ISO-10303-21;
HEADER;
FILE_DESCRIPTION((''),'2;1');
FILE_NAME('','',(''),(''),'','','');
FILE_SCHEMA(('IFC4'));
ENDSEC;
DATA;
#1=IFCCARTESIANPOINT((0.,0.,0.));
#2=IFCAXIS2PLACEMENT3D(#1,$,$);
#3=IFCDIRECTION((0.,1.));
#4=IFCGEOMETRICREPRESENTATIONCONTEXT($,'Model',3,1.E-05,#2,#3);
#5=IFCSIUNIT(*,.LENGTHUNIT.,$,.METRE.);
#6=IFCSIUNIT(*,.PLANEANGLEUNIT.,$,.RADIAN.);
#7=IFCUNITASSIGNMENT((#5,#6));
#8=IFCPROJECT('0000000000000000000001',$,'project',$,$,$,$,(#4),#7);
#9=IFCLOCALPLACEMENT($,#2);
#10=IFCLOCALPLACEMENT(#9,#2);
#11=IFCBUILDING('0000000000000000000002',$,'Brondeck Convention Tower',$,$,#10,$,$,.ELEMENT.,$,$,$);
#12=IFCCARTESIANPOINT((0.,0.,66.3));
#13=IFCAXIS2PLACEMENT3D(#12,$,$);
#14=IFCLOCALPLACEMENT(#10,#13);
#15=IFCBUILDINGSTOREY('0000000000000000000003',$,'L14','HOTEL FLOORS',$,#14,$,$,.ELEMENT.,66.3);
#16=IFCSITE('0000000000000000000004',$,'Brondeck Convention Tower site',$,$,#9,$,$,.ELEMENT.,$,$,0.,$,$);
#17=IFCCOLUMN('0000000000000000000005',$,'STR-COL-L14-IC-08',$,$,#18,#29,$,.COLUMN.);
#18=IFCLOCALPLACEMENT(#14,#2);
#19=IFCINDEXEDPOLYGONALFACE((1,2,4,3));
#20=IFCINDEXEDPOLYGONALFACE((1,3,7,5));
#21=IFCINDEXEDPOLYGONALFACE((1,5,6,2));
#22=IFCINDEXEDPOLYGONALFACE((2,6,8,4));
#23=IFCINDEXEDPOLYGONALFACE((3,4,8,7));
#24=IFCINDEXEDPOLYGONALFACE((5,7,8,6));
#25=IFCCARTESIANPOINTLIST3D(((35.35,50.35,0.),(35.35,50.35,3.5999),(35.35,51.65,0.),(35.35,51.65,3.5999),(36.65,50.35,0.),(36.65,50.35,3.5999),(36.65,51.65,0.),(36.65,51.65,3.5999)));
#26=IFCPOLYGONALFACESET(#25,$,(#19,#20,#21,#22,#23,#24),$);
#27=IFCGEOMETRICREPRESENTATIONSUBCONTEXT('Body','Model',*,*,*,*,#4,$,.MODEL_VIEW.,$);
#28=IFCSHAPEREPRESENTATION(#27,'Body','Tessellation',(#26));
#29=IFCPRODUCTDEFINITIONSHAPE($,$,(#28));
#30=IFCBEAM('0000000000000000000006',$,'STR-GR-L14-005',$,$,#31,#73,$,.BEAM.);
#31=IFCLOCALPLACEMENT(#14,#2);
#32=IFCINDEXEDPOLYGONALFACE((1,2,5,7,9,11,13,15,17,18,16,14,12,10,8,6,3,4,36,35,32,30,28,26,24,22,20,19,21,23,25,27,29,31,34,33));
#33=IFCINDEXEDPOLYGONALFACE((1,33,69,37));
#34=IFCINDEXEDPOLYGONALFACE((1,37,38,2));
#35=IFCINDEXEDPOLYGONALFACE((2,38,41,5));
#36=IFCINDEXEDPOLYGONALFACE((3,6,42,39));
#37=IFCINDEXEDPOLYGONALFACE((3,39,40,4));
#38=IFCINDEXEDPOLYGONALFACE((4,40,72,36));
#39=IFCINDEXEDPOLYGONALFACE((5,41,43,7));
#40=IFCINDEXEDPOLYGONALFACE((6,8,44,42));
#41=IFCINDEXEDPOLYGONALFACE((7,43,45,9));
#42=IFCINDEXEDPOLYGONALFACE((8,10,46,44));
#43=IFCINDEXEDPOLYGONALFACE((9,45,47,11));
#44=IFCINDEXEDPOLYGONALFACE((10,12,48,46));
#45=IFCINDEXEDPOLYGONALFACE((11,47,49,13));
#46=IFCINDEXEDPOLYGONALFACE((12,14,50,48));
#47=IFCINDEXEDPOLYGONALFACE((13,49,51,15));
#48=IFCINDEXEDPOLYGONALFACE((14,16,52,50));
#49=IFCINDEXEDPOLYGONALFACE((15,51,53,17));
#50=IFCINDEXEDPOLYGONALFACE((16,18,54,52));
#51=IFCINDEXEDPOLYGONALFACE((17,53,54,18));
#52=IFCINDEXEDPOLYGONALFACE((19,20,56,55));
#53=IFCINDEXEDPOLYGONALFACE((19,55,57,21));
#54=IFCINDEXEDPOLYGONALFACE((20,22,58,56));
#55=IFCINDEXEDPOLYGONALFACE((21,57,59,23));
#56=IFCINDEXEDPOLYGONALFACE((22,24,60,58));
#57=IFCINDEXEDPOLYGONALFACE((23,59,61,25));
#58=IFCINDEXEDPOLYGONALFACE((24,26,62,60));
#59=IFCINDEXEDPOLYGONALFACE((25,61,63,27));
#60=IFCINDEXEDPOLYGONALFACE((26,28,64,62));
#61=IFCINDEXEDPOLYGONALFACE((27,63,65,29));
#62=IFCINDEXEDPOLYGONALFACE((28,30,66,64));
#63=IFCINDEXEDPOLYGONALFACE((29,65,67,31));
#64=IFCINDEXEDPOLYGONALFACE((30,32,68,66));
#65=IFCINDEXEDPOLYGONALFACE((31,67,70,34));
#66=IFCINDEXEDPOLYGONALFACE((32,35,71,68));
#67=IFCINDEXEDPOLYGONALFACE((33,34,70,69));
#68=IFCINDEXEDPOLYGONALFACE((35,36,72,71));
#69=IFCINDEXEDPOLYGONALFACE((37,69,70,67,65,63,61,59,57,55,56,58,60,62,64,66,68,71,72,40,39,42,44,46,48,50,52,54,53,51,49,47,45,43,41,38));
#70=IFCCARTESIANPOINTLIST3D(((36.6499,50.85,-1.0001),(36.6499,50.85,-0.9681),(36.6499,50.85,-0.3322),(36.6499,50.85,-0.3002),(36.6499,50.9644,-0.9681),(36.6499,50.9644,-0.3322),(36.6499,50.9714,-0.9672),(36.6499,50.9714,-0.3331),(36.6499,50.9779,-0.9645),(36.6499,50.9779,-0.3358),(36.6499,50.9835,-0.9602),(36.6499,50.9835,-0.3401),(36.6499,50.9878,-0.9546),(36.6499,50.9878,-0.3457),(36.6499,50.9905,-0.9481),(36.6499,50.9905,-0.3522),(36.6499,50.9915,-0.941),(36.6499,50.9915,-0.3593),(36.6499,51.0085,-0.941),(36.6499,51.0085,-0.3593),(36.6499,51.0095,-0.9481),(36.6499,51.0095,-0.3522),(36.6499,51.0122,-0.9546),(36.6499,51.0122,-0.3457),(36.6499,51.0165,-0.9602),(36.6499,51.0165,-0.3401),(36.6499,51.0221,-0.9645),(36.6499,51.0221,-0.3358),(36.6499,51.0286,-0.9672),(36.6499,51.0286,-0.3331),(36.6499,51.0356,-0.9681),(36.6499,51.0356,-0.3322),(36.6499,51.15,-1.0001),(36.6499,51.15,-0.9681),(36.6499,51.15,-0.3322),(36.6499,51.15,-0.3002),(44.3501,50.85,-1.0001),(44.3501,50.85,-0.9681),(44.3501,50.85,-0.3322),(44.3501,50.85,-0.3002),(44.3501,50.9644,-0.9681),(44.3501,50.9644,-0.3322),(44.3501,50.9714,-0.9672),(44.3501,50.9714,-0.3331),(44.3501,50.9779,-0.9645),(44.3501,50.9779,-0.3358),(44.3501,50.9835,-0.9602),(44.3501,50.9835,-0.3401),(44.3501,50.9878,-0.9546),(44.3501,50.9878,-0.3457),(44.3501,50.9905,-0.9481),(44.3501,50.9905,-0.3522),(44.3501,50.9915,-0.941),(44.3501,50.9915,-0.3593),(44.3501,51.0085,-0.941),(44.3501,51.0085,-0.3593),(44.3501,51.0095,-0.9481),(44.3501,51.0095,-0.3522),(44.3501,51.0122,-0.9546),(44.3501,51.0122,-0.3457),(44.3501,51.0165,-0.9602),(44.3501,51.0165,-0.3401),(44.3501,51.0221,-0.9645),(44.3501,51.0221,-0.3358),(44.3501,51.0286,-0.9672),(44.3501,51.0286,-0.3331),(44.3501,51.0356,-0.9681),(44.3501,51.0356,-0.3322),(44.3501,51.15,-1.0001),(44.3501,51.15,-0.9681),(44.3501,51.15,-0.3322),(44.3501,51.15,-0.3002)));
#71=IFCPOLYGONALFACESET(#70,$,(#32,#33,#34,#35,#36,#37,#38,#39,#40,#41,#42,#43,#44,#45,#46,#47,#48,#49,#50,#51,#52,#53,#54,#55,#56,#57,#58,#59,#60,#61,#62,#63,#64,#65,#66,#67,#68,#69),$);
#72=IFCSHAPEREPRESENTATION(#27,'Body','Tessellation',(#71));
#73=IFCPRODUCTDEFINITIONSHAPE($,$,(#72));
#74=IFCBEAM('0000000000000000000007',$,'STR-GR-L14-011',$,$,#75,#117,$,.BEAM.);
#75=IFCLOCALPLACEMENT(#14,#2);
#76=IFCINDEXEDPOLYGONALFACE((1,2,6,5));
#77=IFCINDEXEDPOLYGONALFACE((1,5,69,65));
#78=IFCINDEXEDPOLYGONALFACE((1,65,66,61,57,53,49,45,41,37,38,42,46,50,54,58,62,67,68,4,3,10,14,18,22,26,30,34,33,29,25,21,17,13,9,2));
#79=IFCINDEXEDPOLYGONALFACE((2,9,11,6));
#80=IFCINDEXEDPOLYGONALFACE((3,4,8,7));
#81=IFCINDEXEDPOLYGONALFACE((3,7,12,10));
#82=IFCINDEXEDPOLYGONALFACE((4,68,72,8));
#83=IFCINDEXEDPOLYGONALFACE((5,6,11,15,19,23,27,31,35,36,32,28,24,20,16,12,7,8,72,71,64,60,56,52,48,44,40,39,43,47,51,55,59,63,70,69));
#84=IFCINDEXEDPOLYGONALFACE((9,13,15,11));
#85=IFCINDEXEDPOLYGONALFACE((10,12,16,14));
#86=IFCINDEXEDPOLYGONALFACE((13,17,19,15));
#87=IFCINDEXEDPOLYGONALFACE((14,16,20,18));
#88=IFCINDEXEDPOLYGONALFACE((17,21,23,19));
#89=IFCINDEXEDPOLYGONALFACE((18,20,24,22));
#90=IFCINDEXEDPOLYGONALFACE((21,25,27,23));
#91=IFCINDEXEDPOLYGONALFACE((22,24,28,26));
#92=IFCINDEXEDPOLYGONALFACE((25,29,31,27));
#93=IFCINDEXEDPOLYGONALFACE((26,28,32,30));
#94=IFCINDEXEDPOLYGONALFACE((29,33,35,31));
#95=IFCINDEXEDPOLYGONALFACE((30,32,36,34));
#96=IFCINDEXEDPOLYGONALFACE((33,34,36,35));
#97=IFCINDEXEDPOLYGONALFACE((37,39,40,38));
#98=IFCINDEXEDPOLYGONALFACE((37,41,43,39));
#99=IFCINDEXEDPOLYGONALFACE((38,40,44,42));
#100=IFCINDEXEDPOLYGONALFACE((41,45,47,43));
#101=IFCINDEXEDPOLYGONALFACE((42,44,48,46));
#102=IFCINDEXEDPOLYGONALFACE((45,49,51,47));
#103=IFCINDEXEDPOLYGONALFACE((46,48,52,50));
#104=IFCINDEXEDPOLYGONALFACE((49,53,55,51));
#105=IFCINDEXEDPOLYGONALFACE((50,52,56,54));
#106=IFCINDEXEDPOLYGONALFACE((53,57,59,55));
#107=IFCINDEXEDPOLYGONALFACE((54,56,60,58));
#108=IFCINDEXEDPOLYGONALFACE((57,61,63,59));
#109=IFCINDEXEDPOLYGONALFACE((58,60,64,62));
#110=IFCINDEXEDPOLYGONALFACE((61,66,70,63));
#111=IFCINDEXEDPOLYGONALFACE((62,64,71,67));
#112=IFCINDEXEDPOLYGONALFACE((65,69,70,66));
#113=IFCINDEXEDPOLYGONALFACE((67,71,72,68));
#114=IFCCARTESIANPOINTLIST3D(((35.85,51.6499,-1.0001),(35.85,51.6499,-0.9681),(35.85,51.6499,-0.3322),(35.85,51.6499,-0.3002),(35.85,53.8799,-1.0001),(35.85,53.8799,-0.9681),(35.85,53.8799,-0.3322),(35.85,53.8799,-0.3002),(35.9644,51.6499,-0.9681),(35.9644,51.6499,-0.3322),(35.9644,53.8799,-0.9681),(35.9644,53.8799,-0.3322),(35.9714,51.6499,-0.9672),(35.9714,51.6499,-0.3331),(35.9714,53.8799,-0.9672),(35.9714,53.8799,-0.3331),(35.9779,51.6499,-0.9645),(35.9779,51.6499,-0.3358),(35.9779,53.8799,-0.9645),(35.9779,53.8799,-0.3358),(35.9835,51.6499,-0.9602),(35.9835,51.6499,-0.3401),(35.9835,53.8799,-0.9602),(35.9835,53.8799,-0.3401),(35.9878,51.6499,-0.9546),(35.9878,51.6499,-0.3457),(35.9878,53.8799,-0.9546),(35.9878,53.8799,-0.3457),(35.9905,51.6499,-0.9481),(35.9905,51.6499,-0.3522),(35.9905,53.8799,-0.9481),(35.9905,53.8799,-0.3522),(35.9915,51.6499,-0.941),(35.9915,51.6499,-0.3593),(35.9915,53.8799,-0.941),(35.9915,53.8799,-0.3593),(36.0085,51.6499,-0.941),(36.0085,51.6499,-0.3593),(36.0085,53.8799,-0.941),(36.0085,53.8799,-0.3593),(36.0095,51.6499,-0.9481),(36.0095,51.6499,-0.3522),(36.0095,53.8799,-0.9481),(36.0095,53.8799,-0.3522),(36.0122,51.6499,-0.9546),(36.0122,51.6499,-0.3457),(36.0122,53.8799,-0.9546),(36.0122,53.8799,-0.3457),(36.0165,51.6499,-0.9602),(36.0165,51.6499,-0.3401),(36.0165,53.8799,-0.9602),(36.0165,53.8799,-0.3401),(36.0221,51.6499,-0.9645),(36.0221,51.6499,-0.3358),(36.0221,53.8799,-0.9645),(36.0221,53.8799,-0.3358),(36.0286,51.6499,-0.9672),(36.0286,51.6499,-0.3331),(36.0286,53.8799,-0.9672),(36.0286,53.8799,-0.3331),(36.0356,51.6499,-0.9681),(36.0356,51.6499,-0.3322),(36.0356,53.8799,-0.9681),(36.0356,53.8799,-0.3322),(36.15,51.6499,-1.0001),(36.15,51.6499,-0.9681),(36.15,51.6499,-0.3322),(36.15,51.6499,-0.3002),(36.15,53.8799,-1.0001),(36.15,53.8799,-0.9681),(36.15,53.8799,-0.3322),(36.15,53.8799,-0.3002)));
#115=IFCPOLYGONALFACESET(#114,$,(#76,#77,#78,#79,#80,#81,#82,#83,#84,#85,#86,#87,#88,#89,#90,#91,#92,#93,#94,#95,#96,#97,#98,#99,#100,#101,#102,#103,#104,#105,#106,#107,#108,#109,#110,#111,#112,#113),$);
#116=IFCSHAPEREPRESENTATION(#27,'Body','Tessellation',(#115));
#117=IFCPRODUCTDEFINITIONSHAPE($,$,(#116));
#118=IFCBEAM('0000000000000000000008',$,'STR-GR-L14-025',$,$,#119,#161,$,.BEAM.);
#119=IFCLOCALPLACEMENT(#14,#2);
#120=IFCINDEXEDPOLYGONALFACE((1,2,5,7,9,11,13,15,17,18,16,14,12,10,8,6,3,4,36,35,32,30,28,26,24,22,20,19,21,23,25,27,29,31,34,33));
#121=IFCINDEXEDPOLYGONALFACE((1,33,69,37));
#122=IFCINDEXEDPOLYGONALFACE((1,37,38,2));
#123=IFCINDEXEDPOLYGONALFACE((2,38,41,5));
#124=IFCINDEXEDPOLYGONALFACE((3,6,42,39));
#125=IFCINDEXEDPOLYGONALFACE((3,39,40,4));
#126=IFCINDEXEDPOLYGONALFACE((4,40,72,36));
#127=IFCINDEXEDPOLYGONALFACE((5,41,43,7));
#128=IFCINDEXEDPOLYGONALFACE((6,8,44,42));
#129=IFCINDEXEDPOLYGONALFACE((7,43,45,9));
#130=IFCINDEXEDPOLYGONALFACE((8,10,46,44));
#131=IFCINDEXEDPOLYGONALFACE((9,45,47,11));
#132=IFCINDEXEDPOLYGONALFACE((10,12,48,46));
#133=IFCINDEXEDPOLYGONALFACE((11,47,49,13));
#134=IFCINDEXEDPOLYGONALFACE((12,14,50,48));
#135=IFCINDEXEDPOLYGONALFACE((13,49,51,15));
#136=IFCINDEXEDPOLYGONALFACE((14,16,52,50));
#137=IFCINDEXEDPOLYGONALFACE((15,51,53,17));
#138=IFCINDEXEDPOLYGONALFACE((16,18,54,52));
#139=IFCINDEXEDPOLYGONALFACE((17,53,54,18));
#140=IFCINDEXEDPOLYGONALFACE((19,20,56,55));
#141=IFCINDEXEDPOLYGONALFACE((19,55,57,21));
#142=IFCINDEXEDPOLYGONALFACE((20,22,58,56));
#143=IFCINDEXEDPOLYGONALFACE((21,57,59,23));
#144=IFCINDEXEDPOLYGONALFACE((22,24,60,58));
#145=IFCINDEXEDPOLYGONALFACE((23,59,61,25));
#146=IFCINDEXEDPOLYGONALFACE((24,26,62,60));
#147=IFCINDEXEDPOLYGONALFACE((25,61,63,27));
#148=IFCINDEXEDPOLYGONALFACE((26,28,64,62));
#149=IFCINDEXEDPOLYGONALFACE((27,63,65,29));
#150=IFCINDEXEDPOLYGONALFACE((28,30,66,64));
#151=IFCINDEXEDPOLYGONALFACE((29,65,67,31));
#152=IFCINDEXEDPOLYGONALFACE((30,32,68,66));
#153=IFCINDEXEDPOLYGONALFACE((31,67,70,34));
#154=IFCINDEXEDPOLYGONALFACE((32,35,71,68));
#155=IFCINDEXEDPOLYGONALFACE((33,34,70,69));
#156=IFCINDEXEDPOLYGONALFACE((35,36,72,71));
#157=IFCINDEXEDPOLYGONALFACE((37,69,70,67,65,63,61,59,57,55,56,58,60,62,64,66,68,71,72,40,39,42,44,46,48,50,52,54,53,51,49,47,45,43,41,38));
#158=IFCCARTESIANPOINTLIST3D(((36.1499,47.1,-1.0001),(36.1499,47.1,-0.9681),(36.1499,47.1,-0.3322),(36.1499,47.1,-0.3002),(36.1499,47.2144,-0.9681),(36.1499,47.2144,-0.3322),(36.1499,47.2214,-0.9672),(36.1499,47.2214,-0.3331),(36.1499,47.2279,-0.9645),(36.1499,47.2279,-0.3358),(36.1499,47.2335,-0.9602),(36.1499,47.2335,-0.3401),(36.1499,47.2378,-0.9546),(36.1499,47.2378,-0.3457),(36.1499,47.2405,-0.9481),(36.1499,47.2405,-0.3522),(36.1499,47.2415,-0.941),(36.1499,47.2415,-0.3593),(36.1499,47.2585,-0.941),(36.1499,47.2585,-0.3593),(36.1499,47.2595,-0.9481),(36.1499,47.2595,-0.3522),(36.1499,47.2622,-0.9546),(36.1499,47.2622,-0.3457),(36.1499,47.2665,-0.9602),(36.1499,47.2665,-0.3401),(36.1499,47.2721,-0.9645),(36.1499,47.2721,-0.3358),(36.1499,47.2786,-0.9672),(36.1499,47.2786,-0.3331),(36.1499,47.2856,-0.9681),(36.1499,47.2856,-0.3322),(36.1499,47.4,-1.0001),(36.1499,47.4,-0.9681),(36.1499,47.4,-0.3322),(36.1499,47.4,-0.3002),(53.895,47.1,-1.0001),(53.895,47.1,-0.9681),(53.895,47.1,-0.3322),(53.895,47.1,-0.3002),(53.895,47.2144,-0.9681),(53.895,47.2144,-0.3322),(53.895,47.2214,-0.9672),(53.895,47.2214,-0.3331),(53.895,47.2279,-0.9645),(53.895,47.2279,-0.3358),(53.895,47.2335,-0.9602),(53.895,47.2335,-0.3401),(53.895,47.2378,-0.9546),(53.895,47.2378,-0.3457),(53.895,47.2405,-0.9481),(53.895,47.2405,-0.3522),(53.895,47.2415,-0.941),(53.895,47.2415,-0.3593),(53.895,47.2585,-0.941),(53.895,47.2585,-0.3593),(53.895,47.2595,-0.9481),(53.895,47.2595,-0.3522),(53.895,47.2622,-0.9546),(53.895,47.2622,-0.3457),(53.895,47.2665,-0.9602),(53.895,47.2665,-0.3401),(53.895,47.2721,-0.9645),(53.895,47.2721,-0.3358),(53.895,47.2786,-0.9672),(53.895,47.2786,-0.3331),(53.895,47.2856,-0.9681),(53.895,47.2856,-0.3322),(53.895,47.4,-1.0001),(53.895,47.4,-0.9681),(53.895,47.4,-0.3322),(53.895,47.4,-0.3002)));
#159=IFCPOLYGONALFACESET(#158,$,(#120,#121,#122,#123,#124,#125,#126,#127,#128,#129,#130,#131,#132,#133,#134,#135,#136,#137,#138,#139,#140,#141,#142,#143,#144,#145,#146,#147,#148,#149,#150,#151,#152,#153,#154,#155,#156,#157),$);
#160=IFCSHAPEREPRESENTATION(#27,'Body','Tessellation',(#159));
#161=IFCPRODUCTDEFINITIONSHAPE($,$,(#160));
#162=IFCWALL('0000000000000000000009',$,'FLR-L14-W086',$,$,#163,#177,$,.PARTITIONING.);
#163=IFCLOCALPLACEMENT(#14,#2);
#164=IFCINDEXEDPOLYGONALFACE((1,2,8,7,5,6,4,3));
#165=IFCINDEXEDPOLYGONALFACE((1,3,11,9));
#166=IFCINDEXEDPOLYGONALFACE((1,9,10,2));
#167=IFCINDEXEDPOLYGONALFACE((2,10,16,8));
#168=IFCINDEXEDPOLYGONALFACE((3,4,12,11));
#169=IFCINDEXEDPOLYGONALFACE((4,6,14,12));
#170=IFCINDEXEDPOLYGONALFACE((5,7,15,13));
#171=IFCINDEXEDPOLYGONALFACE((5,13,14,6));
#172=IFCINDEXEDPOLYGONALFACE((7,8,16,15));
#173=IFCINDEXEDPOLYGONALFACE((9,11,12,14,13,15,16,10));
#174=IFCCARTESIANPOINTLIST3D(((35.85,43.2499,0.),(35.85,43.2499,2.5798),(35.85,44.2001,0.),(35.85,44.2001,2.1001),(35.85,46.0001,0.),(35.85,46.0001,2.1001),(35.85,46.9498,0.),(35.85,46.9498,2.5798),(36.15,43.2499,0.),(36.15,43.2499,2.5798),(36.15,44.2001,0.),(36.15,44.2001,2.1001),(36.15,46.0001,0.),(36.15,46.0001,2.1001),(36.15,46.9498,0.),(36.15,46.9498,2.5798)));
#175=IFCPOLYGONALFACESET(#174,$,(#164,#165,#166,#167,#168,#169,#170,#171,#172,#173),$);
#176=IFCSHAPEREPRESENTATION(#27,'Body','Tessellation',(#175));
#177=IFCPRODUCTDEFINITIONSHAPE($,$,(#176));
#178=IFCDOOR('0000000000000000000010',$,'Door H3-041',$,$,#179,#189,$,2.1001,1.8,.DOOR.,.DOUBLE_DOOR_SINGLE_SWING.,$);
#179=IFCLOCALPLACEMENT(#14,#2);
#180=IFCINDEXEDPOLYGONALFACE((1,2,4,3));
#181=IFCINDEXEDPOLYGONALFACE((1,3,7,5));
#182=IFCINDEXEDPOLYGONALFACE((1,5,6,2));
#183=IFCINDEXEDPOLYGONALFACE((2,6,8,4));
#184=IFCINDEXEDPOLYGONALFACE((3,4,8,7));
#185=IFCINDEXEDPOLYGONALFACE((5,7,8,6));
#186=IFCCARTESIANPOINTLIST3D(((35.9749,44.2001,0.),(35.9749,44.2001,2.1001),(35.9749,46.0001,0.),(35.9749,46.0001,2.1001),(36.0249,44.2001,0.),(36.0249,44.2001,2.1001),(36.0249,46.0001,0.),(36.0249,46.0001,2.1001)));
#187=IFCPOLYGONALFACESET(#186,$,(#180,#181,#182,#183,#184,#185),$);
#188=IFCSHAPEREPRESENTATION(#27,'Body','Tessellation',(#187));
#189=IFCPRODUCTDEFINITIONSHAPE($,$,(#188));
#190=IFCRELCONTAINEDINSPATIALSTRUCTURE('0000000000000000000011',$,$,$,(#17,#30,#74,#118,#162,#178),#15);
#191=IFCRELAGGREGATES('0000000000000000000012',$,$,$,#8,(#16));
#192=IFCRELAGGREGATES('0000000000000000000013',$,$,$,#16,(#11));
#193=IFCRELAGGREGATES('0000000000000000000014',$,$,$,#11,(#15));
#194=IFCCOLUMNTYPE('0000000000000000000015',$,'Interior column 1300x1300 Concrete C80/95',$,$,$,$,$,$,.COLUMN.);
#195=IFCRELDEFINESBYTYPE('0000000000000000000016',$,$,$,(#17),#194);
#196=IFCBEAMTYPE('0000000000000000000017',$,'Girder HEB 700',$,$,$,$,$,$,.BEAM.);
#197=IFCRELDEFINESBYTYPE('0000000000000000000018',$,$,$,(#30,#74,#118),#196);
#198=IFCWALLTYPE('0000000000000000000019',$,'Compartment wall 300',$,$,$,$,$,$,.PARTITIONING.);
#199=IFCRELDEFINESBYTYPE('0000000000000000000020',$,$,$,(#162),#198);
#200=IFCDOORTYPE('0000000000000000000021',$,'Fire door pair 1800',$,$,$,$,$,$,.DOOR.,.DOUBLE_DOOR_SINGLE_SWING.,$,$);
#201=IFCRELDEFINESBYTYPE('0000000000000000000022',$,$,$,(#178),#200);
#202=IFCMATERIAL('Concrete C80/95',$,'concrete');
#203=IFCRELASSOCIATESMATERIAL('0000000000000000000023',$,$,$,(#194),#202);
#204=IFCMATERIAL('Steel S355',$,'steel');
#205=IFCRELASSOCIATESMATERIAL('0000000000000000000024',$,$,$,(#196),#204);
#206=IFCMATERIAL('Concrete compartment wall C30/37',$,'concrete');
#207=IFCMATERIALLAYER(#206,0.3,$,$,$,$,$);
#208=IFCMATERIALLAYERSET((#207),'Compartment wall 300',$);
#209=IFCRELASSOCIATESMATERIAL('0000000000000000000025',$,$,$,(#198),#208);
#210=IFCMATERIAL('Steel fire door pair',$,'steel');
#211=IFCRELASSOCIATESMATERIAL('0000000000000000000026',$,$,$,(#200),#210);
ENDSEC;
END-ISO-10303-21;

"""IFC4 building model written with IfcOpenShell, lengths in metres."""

from ifc_helpers import new_model, si_unit, direction, frame, frame_2d, origin, origin_2d, place, context, subcontext, project, spatial, rectangle, i_section, extrude, material, layer, layer_set, material_profile, profile_set, type_object, element, fill, save


model = new_model("IFC4")

# Units and contexts
model_context = context("Model", 3, precision=1e-05, world=origin(), true_north=direction((0.0, 1.0)))
body_context = subcontext(model_context, "Body", "Model", "MODEL_VIEW")
ifc_project = project(units=[si_unit("LENGTHUNIT", "METRE"), si_unit("PLANEANGLEUNIT", "RADIAN")], contexts=[model_context])

# Site, building, storey
site_placement = place(None, origin())
site = spatial("IfcSite", under=ifc_project, at=site_placement, Name="Brondeck Convention Tower site", CompositionType="ELEMENT", RefElevation=0.0)
building_placement = place(site_placement, origin())
building = spatial("IfcBuilding", under=site, at=building_placement, Name="Brondeck Convention Tower", CompositionType="ELEMENT")
storey_placement = place(building_placement, frame((0.0, 0.0, 66.3)))
storey = spatial("IfcBuildingStorey", under=building, at=storey_placement, Name="L14", Description="HOTEL FLOORS", CompositionType="ELEMENT", Elevation=66.3)

# Column
ifc_material_1 = material(Name="Concrete C80/95", Category="concrete")
ifc_material_profile_1 = material_profile(ifc_material_1, rectangle(XDim=1.3, YDim=1.3, at=origin_2d()), Name="Interior column 1300x1300 Concrete C80/95")
ifc_profile_set_1 = profile_set([ifc_material_profile_1], Name="Concrete C80/95")
column_type = type_object("IfcColumnType", Name="Interior column 1300x1300 Concrete C80/95", PredefinedType="COLUMN", material=ifc_profile_set_1)
column_placement = place(storey_placement, frame((36.0, 51.0, 0.0), z_axis=(0.0, 0.0, 1.0), x_axis=(1.0, 0.0, 0.0)))
element("IfcColumn", 1, at=column_placement, inside=storey, type_object=column_type, Name="STR-COL-L14-IC-08", PredefinedType="COLUMN", context=body_context, shape_type="SweptSolid", body=[
    extrude(rectangle(XDim=1.3, YDim=1.3, at=origin_2d()), origin(), (0.0, 0.0, 1.0), 3.5999),
])

# Beams
ifc_material_2 = material(Name="Steel S355", Category="steel")
ifc_material_profile_2 = material_profile(ifc_material_2, i_section(OverallWidth=0.3, OverallDepth=0.7, WebThickness=0.0171, FlangeThickness=0.032, FilletRadius=0.0271, at=origin_2d()), Name="HEB 700")
ifc_profile_set_2 = profile_set([ifc_material_profile_2], Name="Steel S355")
beam_type = type_object("IfcBeamType", Name="Girder HEB 700", PredefinedType="BEAM", material=ifc_profile_set_2)
beam_1_placement = place(storey_placement, frame((36.6499, 51.0, -0.6501), z_axis=(1.0, 0.0, 0.0), x_axis=(0.0, 1.0, 0.0)))
element("IfcBeam", 2, at=beam_1_placement, inside=storey, type_object=beam_type, Name="STR-GR-L14-005", PredefinedType="BEAM", context=body_context, shape_type="SweptSolid", body=[
    extrude(i_section(OverallWidth=0.3, OverallDepth=0.7, WebThickness=0.0171, FlangeThickness=0.032, FilletRadius=0.0271, at=origin_2d()), origin(), (0.0, 0.0, 1.0), 7.7002),
])
beam_2_placement = place(storey_placement, frame((36.0, 51.6499, -0.6501), z_axis=(0.0, 1.0, 0.0), x_axis=(-1.0, 0.0, 0.0)))
element("IfcBeam", 3, at=beam_2_placement, inside=storey, type_object=beam_type, Name="STR-GR-L14-011", PredefinedType="BEAM", context=body_context, shape_type="SweptSolid", body=[
    extrude(i_section(OverallWidth=0.3, OverallDepth=0.7, WebThickness=0.0171, FlangeThickness=0.032, FilletRadius=0.0271, at=origin_2d()), origin(), (0.0, 0.0, 1.0), 2.23),
])
beam_3_placement = place(storey_placement, frame((36.1499, 47.25, -0.6501), z_axis=(1.0, 0.0, 0.0), x_axis=(0.0, 1.0, 0.0)))
element("IfcBeam", 4, at=beam_3_placement, inside=storey, type_object=beam_type, Name="STR-GR-L14-025", PredefinedType="BEAM", context=body_context, shape_type="SweptSolid", body=[
    extrude(i_section(OverallWidth=0.3, OverallDepth=0.7, WebThickness=0.0171, FlangeThickness=0.032, FilletRadius=0.0271, at=origin_2d()), origin(), (0.0, 0.0, 1.0), 17.7451),
])

# Wall, opening, door
ifc_material_3 = material(Name="Concrete compartment wall C30/37", Category="concrete")
ifc_layer_1 = layer(ifc_material_3, 0.3)
ifc_layer_set_1 = layer_set([ifc_layer_1], Name="Compartment wall 300")
wall_type_1 = type_object("IfcWallType", Name="Compartment wall 300", PredefinedType="PARTITIONING", material=ifc_layer_set_1)
wall_1_placement = place(storey_placement, frame((36.0, 46.95, 0.0), z_axis=(0.0, 0.0, 1.0), x_axis=(0.0, -1.0, 0.0)))
wall_1 = element("IfcWall", 5, at=wall_1_placement, inside=storey, type_object=wall_type_1, Name="FLR-L14-W086", PredefinedType="PARTITIONING", context=body_context, shape_type="SweptSolid", body=[
    extrude(rectangle(XDim=3.7, YDim=0.3, at=frame_2d((1.8501, 0.0))), origin(), (0.0, 0.0, 1.0), 2.5798),
])
opening_1_placement = place(wall_1_placement, frame((0.95, 0.0, 0.0)))
opening_1 = element("IfcOpeningElement", 6, at=opening_1_placement, cuts=wall_1, PredefinedType="OPENING", context=body_context, shape_type="SweptSolid", body=[
    extrude(rectangle(XDim=1.8, YDim=2.1001, at=frame_2d((0.8999, 1.05))), frame((0.0, 0.1599, 0.0), z_axis=(0.0, -1.0, 0.0), x_axis=(1.0, 0.0, 0.0)), (0.0, 0.0, 1.0), 0.3201),
])
ifc_material_4 = material(Name="Steel fire door pair", Category="steel")
door_type_1 = type_object("IfcDoorType", Name="Fire door pair 1800", OperationType="DOUBLE_DOOR_SINGLE_SWING", PredefinedType="DOOR", material=ifc_material_4)
door_1_placement = place(opening_1_placement, origin())
door_1 = element("IfcDoor", 7, at=door_1_placement, inside=storey, type_object=door_type_1, Name="Door H3-041", OperationType="DOUBLE_DOOR_SINGLE_SWING", OverallHeight=2.1001, OverallWidth=1.8, PredefinedType="DOOR", context=body_context, shape_type="SweptSolid", body=[
    extrude(rectangle(XDim=1.8, YDim=2.1001, at=frame_2d((0.8999, 1.05))), frame((0.0, 0.0249, 0.0), z_axis=(0.0, -1.0, 0.0), x_axis=(1.0, 0.0, 0.0)), (0.0, 0.0, 1.0), 0.05),
])
fill(opening_1, door_1)

save(model, "model.ifc")
